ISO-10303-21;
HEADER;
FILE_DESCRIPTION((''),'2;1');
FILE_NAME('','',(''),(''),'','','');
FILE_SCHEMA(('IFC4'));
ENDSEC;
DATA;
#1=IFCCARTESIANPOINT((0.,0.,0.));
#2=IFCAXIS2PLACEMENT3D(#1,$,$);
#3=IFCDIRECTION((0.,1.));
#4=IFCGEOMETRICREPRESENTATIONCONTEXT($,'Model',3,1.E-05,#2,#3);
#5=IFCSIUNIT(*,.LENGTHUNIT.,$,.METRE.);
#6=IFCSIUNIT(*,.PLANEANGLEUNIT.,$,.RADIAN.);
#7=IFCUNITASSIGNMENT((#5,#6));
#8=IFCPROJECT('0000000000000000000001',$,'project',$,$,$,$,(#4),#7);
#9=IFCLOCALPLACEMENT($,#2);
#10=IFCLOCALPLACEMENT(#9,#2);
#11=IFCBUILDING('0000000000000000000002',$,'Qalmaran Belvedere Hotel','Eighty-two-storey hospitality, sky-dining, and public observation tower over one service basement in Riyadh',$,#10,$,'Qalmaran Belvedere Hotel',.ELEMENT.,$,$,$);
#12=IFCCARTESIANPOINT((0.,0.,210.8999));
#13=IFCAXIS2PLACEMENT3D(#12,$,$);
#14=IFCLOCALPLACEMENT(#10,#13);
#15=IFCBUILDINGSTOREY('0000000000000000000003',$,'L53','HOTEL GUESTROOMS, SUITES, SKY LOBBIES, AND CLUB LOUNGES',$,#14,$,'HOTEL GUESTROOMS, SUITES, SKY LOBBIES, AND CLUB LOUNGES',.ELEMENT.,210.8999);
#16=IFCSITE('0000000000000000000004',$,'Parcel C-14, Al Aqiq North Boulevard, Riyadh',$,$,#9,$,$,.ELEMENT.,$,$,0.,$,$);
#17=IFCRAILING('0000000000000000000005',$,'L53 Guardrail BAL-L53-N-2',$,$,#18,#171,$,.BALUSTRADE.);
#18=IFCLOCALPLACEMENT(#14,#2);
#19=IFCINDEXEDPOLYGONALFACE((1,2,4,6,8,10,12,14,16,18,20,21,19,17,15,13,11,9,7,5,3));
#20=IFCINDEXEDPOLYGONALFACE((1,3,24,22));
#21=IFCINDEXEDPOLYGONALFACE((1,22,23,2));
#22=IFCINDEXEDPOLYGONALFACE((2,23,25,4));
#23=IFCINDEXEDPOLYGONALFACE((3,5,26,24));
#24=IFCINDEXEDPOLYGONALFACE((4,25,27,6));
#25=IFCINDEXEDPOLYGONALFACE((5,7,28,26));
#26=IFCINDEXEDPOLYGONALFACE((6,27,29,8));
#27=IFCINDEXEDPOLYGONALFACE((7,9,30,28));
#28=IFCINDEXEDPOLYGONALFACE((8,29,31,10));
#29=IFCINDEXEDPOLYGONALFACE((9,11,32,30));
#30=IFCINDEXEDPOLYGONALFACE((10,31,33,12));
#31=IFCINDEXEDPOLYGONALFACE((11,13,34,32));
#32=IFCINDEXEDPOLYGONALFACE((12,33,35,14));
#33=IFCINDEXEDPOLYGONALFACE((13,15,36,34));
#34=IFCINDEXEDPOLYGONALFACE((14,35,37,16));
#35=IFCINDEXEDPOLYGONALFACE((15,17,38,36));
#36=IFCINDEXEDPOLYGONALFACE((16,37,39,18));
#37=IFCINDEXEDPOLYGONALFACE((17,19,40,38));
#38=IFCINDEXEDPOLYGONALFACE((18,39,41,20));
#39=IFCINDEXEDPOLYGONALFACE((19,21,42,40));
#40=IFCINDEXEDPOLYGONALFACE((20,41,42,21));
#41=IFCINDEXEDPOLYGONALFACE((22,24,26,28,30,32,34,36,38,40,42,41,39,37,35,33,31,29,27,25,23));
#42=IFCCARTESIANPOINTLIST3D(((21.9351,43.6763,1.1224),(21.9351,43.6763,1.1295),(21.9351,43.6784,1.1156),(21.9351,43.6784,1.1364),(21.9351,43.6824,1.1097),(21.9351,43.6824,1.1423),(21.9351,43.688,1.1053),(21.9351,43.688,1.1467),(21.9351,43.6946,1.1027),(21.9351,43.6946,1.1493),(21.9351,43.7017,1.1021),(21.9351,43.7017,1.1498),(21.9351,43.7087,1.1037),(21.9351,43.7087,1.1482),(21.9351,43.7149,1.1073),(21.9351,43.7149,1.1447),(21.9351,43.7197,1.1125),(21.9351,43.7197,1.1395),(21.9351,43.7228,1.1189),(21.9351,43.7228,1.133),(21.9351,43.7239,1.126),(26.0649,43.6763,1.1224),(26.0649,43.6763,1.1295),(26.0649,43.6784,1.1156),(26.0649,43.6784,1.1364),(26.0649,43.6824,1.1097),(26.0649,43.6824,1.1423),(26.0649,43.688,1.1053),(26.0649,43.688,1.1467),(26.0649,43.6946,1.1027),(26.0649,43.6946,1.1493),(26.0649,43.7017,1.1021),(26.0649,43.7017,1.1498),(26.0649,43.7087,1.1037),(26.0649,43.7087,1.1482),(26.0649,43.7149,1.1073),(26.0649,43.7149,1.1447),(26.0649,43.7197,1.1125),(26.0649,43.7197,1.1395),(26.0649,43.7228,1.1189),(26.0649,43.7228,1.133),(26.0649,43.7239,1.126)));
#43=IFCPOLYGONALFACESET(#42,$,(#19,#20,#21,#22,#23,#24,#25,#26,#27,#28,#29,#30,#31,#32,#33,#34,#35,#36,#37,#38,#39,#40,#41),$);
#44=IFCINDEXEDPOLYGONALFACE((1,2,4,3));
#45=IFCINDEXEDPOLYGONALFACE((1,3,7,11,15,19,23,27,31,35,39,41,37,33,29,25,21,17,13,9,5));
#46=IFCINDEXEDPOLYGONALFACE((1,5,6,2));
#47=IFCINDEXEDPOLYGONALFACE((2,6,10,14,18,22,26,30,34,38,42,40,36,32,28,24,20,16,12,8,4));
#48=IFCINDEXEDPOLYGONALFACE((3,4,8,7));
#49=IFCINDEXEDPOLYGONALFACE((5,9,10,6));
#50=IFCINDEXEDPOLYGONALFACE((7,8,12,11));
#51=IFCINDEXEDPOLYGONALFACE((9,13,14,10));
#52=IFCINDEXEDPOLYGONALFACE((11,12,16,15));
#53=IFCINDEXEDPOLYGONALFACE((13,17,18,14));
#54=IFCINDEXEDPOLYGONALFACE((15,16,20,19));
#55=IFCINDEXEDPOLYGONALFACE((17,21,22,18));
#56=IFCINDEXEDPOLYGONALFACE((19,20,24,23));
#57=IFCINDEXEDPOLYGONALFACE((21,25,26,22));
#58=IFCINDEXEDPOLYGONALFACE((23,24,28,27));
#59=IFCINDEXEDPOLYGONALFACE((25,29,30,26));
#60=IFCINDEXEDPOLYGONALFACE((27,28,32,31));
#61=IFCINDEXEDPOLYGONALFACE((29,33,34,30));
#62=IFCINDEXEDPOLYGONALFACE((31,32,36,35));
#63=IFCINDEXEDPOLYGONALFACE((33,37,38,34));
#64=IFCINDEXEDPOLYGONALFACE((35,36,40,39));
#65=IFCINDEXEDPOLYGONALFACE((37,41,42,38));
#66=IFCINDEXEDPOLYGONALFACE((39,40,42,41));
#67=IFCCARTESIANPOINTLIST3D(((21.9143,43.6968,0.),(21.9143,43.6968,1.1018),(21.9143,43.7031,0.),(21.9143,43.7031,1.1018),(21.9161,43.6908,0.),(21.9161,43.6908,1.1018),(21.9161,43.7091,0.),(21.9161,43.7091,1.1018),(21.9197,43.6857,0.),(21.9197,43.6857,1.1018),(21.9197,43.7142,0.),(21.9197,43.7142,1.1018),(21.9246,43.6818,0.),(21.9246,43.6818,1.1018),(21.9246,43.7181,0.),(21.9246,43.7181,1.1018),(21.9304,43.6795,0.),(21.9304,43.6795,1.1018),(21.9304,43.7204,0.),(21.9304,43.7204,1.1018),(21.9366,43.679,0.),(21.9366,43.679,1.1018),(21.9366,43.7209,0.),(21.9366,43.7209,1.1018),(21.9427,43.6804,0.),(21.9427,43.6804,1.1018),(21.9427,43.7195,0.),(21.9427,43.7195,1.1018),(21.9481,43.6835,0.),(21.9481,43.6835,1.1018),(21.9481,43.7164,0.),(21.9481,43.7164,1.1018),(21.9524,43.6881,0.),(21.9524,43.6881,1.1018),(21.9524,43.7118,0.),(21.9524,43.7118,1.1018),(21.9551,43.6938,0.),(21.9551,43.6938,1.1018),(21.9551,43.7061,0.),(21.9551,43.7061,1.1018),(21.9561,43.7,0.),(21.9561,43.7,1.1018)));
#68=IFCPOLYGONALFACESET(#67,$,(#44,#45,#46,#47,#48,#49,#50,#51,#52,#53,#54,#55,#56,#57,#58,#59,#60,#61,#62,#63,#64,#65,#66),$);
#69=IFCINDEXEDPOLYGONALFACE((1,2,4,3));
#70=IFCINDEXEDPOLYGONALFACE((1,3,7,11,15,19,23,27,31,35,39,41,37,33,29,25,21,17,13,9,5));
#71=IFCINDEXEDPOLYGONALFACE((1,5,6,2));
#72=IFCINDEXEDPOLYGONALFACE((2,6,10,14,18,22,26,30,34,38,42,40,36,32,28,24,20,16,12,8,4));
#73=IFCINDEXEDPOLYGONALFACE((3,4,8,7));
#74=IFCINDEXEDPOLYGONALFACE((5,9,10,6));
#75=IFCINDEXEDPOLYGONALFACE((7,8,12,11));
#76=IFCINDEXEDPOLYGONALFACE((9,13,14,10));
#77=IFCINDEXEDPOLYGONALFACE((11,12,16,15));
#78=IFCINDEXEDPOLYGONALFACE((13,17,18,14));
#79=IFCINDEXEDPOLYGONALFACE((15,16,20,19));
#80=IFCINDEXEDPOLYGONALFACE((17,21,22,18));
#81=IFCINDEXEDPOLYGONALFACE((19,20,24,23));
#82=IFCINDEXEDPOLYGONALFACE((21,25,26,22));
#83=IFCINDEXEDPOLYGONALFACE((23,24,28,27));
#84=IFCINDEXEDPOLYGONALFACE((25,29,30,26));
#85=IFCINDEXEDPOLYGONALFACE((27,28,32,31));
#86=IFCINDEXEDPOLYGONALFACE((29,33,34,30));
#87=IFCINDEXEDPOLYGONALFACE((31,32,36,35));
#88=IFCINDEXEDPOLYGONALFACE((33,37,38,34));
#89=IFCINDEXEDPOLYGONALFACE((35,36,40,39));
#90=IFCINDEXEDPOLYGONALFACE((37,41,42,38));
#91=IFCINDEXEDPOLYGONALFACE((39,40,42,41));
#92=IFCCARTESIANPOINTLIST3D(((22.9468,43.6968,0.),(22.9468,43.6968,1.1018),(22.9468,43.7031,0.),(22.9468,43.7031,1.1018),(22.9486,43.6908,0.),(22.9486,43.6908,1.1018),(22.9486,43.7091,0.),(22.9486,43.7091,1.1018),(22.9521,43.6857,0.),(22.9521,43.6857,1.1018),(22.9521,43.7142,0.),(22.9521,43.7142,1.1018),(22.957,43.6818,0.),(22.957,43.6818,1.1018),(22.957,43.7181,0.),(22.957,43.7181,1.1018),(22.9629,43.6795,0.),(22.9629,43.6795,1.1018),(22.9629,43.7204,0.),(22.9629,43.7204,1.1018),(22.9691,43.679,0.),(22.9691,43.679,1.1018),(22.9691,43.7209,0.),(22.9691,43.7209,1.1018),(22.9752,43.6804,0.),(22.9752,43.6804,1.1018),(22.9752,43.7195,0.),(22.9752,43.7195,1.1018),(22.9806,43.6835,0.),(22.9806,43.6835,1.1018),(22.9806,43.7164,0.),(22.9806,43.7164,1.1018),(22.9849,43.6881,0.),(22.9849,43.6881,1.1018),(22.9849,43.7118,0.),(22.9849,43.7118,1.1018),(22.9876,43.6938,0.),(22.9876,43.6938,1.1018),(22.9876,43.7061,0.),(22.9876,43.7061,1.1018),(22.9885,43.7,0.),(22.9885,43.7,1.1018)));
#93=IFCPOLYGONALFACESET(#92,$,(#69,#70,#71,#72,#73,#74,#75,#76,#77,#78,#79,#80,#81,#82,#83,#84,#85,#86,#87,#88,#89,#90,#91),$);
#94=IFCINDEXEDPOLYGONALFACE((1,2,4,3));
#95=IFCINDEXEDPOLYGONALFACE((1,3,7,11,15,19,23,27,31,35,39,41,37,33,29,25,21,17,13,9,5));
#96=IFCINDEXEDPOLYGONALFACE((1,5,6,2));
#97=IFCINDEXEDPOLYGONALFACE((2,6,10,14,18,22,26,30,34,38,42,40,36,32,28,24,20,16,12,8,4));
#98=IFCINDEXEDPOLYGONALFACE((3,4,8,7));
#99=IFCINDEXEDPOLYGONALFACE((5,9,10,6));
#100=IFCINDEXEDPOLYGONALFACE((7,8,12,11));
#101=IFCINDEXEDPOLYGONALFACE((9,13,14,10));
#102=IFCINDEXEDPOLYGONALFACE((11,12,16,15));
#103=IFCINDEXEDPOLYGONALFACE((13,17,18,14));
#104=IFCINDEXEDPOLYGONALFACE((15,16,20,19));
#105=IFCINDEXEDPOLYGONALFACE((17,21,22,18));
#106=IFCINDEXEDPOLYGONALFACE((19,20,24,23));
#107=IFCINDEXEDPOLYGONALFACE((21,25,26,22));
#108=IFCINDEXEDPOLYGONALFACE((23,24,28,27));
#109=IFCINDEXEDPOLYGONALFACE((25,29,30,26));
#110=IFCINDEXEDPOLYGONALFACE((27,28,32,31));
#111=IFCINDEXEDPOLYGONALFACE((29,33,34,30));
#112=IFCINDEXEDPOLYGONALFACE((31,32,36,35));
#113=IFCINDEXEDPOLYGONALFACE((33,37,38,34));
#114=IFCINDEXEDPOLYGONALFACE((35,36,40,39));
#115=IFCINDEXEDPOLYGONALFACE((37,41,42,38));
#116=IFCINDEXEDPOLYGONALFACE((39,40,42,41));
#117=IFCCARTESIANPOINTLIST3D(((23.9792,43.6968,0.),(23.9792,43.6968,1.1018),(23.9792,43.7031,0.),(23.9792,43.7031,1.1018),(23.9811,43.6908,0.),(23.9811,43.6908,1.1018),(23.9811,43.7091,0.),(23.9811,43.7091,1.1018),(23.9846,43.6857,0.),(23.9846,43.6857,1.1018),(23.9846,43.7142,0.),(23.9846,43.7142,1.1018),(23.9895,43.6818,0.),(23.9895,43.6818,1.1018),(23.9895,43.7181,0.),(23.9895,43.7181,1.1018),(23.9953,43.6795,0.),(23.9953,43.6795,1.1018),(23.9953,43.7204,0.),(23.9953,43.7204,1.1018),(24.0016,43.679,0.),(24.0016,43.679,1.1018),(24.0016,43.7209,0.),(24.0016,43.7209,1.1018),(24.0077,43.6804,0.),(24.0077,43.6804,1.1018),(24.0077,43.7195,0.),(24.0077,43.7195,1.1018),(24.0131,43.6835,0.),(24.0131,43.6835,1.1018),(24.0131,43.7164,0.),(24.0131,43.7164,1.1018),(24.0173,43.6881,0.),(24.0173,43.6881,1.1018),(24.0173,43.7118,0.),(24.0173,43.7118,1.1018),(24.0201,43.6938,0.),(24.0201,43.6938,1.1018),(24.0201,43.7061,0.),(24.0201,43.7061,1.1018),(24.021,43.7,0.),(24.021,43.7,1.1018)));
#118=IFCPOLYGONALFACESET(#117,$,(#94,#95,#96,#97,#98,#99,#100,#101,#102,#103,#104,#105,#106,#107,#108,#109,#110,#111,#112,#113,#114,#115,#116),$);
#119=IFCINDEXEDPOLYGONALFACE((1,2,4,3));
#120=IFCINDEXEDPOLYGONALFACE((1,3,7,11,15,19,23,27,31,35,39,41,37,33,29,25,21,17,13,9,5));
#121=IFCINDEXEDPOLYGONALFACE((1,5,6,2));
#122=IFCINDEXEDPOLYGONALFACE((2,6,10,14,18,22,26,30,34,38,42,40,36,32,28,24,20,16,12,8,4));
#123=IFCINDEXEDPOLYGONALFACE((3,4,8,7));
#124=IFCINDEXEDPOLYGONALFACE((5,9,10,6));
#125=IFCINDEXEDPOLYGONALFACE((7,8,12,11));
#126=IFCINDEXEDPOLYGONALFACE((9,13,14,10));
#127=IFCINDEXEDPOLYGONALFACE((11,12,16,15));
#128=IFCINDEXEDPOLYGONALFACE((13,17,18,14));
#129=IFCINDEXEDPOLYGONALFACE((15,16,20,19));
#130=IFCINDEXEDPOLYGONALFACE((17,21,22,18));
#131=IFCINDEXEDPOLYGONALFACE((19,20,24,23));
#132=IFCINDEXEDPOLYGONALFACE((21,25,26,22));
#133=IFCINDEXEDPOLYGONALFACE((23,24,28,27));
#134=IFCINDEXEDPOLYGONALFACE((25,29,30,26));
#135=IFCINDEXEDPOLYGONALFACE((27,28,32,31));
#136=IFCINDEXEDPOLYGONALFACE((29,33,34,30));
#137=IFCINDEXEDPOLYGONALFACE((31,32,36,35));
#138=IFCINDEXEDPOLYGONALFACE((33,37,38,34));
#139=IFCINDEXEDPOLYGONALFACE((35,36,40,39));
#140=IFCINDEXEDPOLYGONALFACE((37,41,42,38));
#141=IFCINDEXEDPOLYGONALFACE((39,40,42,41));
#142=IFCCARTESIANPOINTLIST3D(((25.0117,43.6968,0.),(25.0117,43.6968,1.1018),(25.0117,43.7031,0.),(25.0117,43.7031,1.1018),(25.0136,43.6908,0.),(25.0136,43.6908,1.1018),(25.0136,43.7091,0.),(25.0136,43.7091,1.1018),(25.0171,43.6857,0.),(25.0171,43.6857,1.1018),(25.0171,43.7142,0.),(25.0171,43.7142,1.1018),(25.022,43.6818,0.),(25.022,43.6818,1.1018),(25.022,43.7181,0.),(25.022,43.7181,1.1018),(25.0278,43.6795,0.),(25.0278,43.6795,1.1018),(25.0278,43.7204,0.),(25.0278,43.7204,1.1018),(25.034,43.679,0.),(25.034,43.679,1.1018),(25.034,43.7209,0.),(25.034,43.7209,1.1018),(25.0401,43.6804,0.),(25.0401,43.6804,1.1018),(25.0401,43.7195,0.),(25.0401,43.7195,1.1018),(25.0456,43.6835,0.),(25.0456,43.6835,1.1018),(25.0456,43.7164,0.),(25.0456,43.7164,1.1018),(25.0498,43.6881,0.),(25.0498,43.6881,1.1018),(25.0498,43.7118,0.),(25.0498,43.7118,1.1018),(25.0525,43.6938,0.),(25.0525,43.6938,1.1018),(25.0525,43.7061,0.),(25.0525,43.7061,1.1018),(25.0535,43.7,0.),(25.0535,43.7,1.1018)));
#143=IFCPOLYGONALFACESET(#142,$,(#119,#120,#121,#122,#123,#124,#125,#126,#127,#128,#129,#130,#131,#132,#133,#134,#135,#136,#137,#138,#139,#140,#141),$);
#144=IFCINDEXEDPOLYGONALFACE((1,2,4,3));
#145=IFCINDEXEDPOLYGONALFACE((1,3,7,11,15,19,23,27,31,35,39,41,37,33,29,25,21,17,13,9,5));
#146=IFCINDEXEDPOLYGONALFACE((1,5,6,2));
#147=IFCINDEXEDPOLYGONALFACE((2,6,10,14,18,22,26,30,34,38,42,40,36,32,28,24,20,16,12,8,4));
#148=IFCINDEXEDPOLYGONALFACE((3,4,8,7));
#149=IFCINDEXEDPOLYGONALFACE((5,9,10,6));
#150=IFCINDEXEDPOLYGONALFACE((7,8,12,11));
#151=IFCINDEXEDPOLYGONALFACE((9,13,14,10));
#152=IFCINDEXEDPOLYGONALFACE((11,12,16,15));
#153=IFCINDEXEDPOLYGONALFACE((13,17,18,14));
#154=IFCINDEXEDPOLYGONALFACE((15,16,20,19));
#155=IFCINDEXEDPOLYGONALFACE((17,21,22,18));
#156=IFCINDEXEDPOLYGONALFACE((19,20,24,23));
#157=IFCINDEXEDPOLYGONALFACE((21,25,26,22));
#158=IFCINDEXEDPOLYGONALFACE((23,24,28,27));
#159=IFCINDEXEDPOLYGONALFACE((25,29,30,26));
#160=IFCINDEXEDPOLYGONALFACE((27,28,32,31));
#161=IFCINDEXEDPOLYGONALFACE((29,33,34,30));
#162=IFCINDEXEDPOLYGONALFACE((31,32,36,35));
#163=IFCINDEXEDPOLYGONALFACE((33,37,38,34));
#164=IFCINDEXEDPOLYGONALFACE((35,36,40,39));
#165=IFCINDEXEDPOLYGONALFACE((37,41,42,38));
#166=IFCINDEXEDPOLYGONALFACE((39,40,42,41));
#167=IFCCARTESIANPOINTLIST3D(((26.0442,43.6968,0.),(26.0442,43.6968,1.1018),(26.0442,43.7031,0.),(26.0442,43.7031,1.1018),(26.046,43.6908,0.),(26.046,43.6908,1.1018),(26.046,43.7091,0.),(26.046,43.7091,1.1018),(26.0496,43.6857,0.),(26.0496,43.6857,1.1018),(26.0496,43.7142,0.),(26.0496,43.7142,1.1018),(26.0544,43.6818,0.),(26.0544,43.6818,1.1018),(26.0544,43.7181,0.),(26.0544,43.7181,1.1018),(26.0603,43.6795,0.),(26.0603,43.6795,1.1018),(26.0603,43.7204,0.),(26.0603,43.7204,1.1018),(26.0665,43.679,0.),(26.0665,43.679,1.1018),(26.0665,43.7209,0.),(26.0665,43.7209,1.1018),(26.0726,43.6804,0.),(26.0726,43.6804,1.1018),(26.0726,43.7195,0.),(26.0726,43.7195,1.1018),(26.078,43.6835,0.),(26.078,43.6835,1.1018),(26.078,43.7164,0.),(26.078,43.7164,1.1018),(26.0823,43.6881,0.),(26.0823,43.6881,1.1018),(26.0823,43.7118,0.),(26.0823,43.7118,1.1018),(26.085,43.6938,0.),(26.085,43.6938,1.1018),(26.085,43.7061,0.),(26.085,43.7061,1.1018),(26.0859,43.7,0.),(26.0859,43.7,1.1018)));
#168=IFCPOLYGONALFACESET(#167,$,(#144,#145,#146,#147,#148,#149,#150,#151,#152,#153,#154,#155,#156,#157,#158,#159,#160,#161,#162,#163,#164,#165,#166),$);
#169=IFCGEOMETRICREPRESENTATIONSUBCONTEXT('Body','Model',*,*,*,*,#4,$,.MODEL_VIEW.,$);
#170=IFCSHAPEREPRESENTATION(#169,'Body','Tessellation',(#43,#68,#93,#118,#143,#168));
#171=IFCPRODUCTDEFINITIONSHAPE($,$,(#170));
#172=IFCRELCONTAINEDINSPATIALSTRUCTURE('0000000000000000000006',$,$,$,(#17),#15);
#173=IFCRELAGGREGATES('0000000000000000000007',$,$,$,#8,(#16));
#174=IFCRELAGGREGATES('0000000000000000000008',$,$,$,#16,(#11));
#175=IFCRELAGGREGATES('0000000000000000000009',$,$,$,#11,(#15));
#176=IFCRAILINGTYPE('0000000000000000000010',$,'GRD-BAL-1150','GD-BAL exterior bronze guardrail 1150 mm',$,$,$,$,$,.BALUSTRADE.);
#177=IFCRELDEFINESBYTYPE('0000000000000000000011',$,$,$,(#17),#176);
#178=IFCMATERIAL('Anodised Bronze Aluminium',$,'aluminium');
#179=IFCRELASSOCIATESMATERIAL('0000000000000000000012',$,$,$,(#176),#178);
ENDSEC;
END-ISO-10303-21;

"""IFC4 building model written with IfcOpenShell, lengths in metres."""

from ifc_helpers import new_model, si_unit, direction, frame, origin, origin_2d, place, context, subcontext, project, spatial, circle, extrude, material, type_object, element, save


model = new_model("IFC4")

# Units and contexts
model_context = context("Model", 3, precision=1e-05, world=origin(), true_north=direction((0.0, 1.0)))
body_context = subcontext(model_context, "Body", "Model", "MODEL_VIEW")
ifc_project = project(units=[si_unit("LENGTHUNIT", "METRE"), si_unit("PLANEANGLEUNIT", "RADIAN")], contexts=[model_context])

# Site, building, storey
site_placement = place(None, origin())
site = spatial("IfcSite", under=ifc_project, at=site_placement, Name="Parcel C-14, Al Aqiq North Boulevard, Riyadh", CompositionType="ELEMENT", RefElevation=0.0)
building_placement = place(site_placement, origin())
building = spatial("IfcBuilding", under=site, at=building_placement, Name="Qalmaran Belvedere Hotel", Description="Eighty-two-storey hospitality, sky-dining, and public observation tower over one service basement in Riyadh", LongName="Qalmaran Belvedere Hotel", CompositionType="ELEMENT")
storey_placement = place(building_placement, frame((0.0, 0.0, 210.8999)))
storey = spatial("IfcBuildingStorey", under=building, at=storey_placement, Name="L53", Description="HOTEL GUESTROOMS, SUITES, SKY LOBBIES, AND CLUB LOUNGES", LongName="HOTEL GUESTROOMS, SUITES, SKY LOBBIES, AND CLUB LOUNGES", CompositionType="ELEMENT", Elevation=210.8999)

# Shared definitions
ifc_material_1 = material(Name="Anodised Bronze Aluminium", Category="aluminium")

# Railing
railing_type = type_object("IfcRailingType", Name="GRD-BAL-1150", Description="GD-BAL exterior bronze guardrail 1150 mm", PredefinedType="BALUSTRADE", material=ifc_material_1)
railing_1_placement = place(storey_placement, frame((21.9351, 43.7, 0.0)))
element("IfcRailing", 1, at=railing_1_placement, inside=storey, type_object=railing_type, Name="L53 Guardrail BAL-L53-N-2", PredefinedType="BALUSTRADE", context=body_context, shape_type="SweptSolid", body=[
    extrude(circle(Radius=0.0239, at=origin_2d()), frame((0.0, 0.0, 1.126), z_axis=(1.0, 0.0, 0.0), x_axis=(0.0, 1.0, 0.0)), (0.0, 0.0, 1.0), 4.1299),
    extrude(circle(Radius=0.021, at=origin_2d()), origin(), (0.0, 0.0, 1.0), 1.1018),
    extrude(circle(Radius=0.021, at=origin_2d()), frame((1.0325, 0.0, 0.0)), (0.0, 0.0, 1.0), 1.1018),
    extrude(circle(Radius=0.021, at=origin_2d()), frame((2.0649, 0.0, 0.0)), (0.0, 0.0, 1.0), 1.1018),
    extrude(circle(Radius=0.021, at=origin_2d()), frame((3.0974, 0.0, 0.0)), (0.0, 0.0, 1.0), 1.1018),
    extrude(circle(Radius=0.021, at=origin_2d()), frame((4.1299, 0.0, 0.0)), (0.0, 0.0, 1.0), 1.1018),
])

save(model, "model.ifc")
